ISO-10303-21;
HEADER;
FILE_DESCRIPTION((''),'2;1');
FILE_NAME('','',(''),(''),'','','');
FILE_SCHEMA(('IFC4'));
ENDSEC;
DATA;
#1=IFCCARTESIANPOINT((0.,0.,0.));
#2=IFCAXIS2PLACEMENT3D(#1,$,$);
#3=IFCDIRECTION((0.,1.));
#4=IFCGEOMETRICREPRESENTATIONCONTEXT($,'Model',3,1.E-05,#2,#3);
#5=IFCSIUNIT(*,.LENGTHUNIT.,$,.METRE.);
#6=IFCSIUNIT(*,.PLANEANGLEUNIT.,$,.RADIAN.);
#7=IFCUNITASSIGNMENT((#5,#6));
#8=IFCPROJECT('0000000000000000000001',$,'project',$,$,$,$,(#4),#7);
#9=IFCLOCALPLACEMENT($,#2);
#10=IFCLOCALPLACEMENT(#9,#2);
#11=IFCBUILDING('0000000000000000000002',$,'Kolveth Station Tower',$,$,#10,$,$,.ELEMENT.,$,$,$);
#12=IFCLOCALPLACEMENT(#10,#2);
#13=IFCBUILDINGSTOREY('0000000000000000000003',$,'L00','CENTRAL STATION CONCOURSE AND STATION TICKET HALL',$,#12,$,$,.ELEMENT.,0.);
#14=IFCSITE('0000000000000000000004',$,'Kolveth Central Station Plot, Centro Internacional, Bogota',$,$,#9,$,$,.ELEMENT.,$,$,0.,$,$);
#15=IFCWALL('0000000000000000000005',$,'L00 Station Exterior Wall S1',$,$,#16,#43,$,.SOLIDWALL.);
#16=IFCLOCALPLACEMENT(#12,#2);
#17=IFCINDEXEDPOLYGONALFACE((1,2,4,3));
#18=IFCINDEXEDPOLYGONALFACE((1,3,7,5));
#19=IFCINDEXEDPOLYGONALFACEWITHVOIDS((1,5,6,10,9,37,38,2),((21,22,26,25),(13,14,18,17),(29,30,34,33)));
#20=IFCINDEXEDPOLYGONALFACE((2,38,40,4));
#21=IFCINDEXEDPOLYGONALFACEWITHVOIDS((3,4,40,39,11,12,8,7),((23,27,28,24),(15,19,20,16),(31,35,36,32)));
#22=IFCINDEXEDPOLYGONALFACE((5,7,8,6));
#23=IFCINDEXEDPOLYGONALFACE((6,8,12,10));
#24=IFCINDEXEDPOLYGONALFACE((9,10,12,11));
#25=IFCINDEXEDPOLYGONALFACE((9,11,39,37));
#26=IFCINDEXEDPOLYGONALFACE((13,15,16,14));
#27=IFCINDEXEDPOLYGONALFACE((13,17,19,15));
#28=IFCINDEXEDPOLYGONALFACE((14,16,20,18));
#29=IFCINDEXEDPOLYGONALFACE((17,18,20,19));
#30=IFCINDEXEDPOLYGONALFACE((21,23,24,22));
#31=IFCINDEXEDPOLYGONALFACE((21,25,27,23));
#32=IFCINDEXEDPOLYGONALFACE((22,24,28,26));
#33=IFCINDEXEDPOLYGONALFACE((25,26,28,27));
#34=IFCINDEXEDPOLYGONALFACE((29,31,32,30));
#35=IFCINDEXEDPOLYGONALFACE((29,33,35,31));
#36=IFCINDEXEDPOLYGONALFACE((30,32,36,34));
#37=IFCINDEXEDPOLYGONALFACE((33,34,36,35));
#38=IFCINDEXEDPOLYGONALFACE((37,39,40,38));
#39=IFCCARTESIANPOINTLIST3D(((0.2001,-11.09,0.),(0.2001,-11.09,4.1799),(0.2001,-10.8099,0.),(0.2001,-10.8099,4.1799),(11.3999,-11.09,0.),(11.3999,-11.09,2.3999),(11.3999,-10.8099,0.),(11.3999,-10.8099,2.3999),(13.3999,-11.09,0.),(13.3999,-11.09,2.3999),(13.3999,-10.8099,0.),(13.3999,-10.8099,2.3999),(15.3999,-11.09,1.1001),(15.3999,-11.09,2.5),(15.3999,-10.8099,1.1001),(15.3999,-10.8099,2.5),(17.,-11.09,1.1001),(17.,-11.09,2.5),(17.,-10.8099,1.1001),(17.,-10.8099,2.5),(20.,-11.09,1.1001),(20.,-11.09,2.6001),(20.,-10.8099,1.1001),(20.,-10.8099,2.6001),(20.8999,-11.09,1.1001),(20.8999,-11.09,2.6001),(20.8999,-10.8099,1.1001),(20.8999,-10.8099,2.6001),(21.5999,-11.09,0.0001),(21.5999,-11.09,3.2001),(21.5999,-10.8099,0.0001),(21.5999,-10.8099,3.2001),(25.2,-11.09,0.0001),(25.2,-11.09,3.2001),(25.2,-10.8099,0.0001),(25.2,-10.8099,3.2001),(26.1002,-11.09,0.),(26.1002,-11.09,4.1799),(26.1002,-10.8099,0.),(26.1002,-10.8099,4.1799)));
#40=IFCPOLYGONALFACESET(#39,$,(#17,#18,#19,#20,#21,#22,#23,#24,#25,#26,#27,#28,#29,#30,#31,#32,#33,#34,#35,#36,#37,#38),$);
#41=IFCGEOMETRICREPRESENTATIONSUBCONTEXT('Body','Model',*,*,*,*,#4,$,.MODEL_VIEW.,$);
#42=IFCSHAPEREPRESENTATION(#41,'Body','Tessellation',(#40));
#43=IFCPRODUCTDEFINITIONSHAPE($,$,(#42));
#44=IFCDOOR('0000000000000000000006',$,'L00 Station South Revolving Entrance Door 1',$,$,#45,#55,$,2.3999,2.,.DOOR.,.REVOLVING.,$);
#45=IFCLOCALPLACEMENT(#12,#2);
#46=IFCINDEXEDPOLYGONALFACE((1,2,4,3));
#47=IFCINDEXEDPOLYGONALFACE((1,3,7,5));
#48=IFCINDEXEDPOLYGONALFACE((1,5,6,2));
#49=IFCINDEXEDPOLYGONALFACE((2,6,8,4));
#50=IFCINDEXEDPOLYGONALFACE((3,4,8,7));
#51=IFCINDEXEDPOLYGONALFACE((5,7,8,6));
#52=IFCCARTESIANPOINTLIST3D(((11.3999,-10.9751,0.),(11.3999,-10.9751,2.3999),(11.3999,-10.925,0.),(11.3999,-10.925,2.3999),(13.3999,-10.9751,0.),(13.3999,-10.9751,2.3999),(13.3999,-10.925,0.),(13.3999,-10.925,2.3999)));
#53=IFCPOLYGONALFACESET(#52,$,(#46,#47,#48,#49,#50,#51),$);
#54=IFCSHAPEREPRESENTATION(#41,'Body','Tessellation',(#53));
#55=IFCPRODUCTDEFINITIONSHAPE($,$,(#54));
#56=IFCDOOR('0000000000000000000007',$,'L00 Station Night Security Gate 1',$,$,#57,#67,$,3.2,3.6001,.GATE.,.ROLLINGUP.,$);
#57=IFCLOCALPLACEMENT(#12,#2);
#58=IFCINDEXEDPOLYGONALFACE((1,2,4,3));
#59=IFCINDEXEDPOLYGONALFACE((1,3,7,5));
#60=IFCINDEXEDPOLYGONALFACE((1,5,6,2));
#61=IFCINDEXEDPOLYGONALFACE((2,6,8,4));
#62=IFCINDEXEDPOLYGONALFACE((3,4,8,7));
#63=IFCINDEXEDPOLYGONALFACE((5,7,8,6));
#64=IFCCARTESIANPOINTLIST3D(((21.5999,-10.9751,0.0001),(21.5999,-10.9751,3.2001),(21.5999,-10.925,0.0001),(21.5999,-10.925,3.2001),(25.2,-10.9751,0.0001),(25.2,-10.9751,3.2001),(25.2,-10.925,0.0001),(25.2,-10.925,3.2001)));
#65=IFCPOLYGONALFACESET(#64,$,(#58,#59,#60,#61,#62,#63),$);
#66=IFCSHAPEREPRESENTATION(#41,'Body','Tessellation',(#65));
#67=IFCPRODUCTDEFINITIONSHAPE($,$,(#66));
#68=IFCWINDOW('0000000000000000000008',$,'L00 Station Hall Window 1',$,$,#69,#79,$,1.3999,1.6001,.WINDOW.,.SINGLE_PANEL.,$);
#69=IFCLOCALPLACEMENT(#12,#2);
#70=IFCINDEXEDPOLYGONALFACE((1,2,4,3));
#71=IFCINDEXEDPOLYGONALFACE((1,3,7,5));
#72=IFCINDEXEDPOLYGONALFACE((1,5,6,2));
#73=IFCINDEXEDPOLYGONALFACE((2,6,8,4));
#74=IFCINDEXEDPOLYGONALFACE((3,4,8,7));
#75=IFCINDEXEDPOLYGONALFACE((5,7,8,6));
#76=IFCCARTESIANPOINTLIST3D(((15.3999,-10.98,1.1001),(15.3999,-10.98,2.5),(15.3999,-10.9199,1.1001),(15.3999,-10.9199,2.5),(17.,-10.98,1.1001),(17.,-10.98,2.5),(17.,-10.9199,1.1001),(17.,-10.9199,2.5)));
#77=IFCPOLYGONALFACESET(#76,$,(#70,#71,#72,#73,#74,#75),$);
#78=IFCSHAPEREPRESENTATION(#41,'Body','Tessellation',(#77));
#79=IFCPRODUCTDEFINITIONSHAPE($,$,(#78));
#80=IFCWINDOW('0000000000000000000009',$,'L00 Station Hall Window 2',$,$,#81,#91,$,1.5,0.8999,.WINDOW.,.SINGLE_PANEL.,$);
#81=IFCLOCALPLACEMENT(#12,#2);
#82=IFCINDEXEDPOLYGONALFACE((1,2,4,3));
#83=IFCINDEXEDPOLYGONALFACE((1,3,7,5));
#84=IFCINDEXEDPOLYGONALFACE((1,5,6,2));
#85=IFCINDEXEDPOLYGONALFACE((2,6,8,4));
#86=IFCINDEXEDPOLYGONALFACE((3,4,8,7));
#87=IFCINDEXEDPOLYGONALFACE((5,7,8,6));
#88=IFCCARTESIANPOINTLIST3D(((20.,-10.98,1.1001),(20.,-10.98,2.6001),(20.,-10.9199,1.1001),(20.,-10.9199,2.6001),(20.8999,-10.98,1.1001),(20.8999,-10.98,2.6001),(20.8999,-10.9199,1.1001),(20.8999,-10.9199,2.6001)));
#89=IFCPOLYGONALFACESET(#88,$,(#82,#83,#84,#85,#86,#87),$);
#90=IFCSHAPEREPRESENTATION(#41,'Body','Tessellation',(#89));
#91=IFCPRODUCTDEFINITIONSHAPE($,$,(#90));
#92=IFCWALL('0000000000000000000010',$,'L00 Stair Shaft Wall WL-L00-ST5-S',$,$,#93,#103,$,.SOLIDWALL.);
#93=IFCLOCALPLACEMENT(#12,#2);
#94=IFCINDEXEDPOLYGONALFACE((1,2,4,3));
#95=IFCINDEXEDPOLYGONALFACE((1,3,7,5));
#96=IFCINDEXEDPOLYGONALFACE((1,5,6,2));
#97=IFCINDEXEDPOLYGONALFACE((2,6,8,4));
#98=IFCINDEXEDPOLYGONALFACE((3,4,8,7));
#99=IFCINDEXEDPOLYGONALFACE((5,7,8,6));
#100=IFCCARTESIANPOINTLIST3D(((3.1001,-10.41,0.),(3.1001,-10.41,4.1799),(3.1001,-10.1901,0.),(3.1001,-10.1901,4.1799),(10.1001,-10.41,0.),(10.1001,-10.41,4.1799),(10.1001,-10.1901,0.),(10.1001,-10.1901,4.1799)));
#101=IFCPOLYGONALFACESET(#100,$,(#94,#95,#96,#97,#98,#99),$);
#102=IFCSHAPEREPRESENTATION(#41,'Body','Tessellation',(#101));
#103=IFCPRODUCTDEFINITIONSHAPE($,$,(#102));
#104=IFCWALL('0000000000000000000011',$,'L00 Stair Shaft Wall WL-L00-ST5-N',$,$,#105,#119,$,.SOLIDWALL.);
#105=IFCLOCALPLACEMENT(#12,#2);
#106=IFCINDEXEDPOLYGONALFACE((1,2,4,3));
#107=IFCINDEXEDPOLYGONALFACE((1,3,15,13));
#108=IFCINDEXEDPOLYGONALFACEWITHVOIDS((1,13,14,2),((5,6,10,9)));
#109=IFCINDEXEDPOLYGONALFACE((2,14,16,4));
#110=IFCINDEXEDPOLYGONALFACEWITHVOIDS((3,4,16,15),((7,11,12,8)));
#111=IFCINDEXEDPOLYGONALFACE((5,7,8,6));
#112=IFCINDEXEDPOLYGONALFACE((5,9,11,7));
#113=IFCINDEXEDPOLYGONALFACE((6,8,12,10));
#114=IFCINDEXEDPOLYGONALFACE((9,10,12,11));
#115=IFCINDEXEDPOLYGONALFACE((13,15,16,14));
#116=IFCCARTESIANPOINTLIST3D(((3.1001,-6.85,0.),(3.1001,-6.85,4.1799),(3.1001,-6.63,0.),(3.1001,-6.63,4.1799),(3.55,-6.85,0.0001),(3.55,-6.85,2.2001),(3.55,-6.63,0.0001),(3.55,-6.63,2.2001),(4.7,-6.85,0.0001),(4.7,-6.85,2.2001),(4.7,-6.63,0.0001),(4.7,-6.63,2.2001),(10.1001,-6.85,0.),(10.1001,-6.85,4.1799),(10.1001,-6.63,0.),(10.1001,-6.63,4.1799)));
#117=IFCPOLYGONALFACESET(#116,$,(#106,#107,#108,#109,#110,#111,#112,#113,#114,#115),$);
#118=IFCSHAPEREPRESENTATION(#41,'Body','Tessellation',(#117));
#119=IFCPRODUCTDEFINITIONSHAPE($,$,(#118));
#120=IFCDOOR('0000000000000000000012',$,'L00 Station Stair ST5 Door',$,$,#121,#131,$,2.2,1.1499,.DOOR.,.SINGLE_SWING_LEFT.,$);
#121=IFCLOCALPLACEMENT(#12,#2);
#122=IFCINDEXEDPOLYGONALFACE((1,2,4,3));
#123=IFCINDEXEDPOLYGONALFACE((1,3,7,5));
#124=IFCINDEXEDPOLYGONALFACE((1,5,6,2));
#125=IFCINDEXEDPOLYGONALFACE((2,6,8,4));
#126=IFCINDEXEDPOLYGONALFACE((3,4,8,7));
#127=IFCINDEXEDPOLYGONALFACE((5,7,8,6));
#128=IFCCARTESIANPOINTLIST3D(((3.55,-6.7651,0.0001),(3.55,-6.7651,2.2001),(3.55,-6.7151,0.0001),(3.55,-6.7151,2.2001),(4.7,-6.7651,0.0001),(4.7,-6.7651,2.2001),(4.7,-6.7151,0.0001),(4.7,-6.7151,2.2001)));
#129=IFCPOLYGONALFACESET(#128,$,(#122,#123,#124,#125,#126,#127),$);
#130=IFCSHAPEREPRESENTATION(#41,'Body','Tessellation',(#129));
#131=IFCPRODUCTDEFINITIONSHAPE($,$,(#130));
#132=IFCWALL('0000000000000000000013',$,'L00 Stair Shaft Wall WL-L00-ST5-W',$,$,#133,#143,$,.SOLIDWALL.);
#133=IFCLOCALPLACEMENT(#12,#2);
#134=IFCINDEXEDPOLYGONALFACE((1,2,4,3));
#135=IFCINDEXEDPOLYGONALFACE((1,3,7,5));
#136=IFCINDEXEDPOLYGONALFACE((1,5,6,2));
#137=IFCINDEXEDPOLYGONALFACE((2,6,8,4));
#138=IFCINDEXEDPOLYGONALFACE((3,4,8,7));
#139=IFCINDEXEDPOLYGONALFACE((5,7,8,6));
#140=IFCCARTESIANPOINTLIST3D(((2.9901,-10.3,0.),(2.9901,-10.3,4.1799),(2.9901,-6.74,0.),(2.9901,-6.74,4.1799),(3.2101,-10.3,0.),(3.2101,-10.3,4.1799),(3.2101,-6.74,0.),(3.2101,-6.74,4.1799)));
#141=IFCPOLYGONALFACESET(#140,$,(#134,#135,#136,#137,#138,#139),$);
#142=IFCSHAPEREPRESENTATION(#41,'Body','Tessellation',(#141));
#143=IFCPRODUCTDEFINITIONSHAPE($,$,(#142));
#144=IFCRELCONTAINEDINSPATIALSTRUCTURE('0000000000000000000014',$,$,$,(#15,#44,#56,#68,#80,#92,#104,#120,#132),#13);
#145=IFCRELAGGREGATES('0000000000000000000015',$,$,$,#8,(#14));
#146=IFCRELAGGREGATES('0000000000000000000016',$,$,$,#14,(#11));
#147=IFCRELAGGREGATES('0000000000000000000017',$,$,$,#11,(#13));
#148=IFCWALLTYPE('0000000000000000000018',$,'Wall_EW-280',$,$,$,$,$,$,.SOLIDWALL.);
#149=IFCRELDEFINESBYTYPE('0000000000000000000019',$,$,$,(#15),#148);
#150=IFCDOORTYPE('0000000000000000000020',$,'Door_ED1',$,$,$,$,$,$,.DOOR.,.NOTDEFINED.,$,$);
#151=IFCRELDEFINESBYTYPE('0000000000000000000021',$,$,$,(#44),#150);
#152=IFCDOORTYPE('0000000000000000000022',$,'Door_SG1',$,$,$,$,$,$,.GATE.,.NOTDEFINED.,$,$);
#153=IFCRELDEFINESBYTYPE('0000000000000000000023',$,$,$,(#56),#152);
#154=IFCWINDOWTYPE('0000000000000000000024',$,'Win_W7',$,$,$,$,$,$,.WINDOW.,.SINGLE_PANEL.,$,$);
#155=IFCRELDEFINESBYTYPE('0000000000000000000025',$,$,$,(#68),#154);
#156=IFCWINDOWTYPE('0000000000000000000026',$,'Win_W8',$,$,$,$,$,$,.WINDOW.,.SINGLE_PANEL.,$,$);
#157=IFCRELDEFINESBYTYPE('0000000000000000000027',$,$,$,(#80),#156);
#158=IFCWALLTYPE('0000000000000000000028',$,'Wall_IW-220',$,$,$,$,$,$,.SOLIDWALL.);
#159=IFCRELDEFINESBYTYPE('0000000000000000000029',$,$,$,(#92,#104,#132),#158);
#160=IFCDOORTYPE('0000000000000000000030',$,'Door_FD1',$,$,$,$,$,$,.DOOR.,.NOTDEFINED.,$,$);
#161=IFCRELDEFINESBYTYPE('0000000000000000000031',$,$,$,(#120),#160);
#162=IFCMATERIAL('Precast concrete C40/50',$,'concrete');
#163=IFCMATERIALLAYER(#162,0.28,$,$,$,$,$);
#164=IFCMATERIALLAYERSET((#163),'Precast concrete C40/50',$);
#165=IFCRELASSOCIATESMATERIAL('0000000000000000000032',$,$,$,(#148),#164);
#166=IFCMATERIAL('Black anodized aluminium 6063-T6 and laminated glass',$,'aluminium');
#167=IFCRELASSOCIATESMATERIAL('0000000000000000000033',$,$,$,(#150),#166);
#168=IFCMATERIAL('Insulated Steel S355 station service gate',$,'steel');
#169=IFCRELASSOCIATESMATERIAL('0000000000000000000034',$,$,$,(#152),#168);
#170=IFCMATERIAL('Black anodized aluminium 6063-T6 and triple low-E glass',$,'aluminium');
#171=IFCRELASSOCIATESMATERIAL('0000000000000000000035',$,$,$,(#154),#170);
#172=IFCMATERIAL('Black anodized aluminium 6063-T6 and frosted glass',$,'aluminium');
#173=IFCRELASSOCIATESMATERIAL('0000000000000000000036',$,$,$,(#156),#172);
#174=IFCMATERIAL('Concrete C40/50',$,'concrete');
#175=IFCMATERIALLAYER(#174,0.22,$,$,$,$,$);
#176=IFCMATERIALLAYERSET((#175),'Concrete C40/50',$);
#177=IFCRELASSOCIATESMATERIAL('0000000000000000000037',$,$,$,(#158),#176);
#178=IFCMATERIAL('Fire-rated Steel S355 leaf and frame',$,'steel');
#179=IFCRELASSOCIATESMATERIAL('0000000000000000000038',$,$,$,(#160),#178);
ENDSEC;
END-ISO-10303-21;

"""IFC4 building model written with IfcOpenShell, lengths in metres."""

from ifc_helpers import new_model, si_unit, direction, frame, frame_2d, origin, place, context, subcontext, project, spatial, rectangle, extrude, material, layer, layer_set, type_object, element, fill, save


model = new_model("IFC4")

# Units and contexts
model_context = context("Model", 3, precision=1e-05, world=origin(), true_north=direction((0.0, 1.0)))
body_context = subcontext(model_context, "Body", "Model", "MODEL_VIEW")
ifc_project = project(units=[si_unit("LENGTHUNIT", "METRE"), si_unit("PLANEANGLEUNIT", "RADIAN")], contexts=[model_context])

# Site, building, storey
site_placement = place(None, origin())
site = spatial("IfcSite", under=ifc_project, at=site_placement, Name="Kolveth Central Station Plot, Centro Internacional, Bogota", CompositionType="ELEMENT", RefElevation=0.0)
building_placement = place(site_placement, origin())
building = spatial("IfcBuilding", under=site, at=building_placement, Name="Kolveth Station Tower", CompositionType="ELEMENT")
storey_placement = place(building_placement, origin())
storey = spatial("IfcBuildingStorey", under=building, at=storey_placement, Name="L00", Description="CENTRAL STATION CONCOURSE AND STATION TICKET HALL", CompositionType="ELEMENT", Elevation=0.0)

# Shared definitions
ifc_material_1 = material(Name="Precast concrete C40/50", Category="concrete")

# Wall, openings, doors, windows
ifc_layer_1 = layer(ifc_material_1, 0.28)
ifc_layer_set_1 = layer_set([ifc_layer_1], Name="Precast concrete C40/50")
wall_type_1 = type_object("IfcWallType", Name="Wall_EW-280", PredefinedType="SOLIDWALL", material=ifc_layer_set_1)
wall_1_placement = place(storey_placement, frame((0.2, -10.95, 0.0), z_axis=(0.0, 0.0, 1.0), x_axis=(1.0, 0.0, 0.0)))
wall_1 = element("IfcWall", 1, at=wall_1_placement, inside=storey, type_object=wall_type_1, Name="L00 Station Exterior Wall S1", PredefinedType="SOLIDWALL", context=body_context, shape_type="SweptSolid", body=[
    extrude(rectangle(XDim=25.9001, YDim=0.28, at=frame_2d((12.9502, 0.0))), origin(), (0.0, 0.0, 1.0), 4.1799),
])
opening_1_placement = place(wall_1_placement, frame((15.2, 0.0, 1.1001)))
opening_1 = element("IfcOpeningElement", 2, at=opening_1_placement, cuts=wall_1, PredefinedType="OPENING", context=body_context, shape_type="SweptSolid", body=[
    extrude(rectangle(XDim=1.6001, YDim=1.3999, at=frame_2d((0.8, 0.7))), frame((0.0, 0.1499, 0.0), z_axis=(0.0, -1.0, 0.0), x_axis=(1.0, 0.0, 0.0)), (0.0, 0.0, 1.0), 0.3),
])
opening_2_placement = place(wall_1_placement, frame((19.8, 0.0, 1.1001)))
opening_2 = element("IfcOpeningElement", 3, at=opening_2_placement, cuts=wall_1, PredefinedType="OPENING", context=body_context, shape_type="SweptSolid", body=[
    extrude(rectangle(XDim=0.8999, YDim=1.5, at=frame_2d((0.45, 0.75))), frame((0.0, 0.1499, 0.0), z_axis=(0.0, -1.0, 0.0), x_axis=(1.0, 0.0, 0.0)), (0.0, 0.0, 1.0), 0.3),
])
opening_3_placement = place(wall_1_placement, frame((11.2, 0.0, 0.0)))
opening_3 = element("IfcOpeningElement", 4, at=opening_3_placement, cuts=wall_1, PredefinedType="OPENING", context=body_context, shape_type="SweptSolid", body=[
    extrude(rectangle(XDim=2.0, YDim=2.3999, at=frame_2d((1.0, 1.2))), frame((0.0, 0.1499, 0.0), z_axis=(0.0, -1.0, 0.0), x_axis=(1.0, 0.0, 0.0)), (0.0, 0.0, 1.0), 0.3),
])
opening_4_placement = place(wall_1_placement, frame((21.3999, 0.0, 0.0)))
opening_4 = element("IfcOpeningElement", 5, at=opening_4_placement, cuts=wall_1, PredefinedType="OPENING", context=body_context, shape_type="SweptSolid", body=[
    extrude(rectangle(XDim=3.6001, YDim=3.2, at=frame_2d((1.8, 1.6001))), frame((0.0, 0.1499, 0.0), z_axis=(0.0, -1.0, 0.0), x_axis=(1.0, 0.0, 0.0)), (0.0, 0.0, 1.0), 0.3),
])
ifc_material_2 = material(Name="Black anodized aluminium 6063-T6 and laminated glass", Category="aluminium")
door_type_1 = type_object("IfcDoorType", Name="Door_ED1", OperationType="NOTDEFINED", PredefinedType="DOOR", material=ifc_material_2)
door_1_placement = place(opening_3_placement, origin())
door_1 = element("IfcDoor", 6, at=door_1_placement, inside=storey, type_object=door_type_1, Name="L00 Station South Revolving Entrance Door 1", OperationType="REVOLVING", OverallHeight=2.3999, OverallWidth=2.0, PredefinedType="DOOR", context=body_context, shape_type="SweptSolid", body=[
    extrude(rectangle(XDim=2.0, YDim=2.3999, at=frame_2d((1.0, 1.2))), frame((0.0, 0.0249, 0.0), z_axis=(0.0, -1.0, 0.0), x_axis=(1.0, 0.0, 0.0)), (0.0, 0.0, 1.0), 0.05),
])
fill(opening_3, door_1)
ifc_material_3 = material(Name="Insulated Steel S355 station service gate", Category="steel")
door_type_2 = type_object("IfcDoorType", Name="Door_SG1", OperationType="NOTDEFINED", PredefinedType="GATE", material=ifc_material_3)
door_2_placement = place(opening_4_placement, origin())
door_2 = element("IfcDoor", 7, at=door_2_placement, inside=storey, type_object=door_type_2, Name="L00 Station Night Security Gate 1", OperationType="ROLLINGUP", OverallHeight=3.2, OverallWidth=3.6001, PredefinedType="GATE", context=body_context, shape_type="SweptSolid", body=[
    extrude(rectangle(XDim=3.6001, YDim=3.2, at=frame_2d((1.8, 1.6001))), frame((0.0, 0.0249, 0.0), z_axis=(0.0, -1.0, 0.0), x_axis=(1.0, 0.0, 0.0)), (0.0, 0.0, 1.0), 0.05),
])
fill(opening_4, door_2)
ifc_material_4 = material(Name="Black anodized aluminium 6063-T6 and triple low-E glass", Category="aluminium")
window_type_1 = type_object("IfcWindowType", Name="Win_W7", PartitioningType="SINGLE_PANEL", PredefinedType="WINDOW", material=ifc_material_4)
window_1_placement = place(opening_1_placement, origin())
window_1 = element("IfcWindow", 8, at=window_1_placement, inside=storey, type_object=window_type_1, Name="L00 Station Hall Window 1", OverallHeight=1.3999, OverallWidth=1.6001, PartitioningType="SINGLE_PANEL", PredefinedType="WINDOW", context=body_context, shape_type="SweptSolid", body=[
    extrude(rectangle(XDim=1.6001, YDim=1.3999, at=frame_2d((0.8, 0.7))), frame((0.0, 0.03, 0.0), z_axis=(0.0, -1.0, 0.0), x_axis=(1.0, 0.0, 0.0)), (0.0, 0.0, 1.0), 0.0601),
])
fill(opening_1, window_1)
ifc_material_5 = material(Name="Black anodized aluminium 6063-T6 and frosted glass", Category="aluminium")
window_type_2 = type_object("IfcWindowType", Name="Win_W8", PartitioningType="SINGLE_PANEL", PredefinedType="WINDOW", material=ifc_material_5)
window_2_placement = place(opening_2_placement, origin())
window_2 = element("IfcWindow", 9, at=window_2_placement, inside=storey, type_object=window_type_2, Name="L00 Station Hall Window 2", OverallHeight=1.5, OverallWidth=0.8999, PartitioningType="SINGLE_PANEL", PredefinedType="WINDOW", context=body_context, shape_type="SweptSolid", body=[
    extrude(rectangle(XDim=0.8999, YDim=1.5, at=frame_2d((0.45, 0.75))), frame((0.0, 0.03, 0.0), z_axis=(0.0, -1.0, 0.0), x_axis=(1.0, 0.0, 0.0)), (0.0, 0.0, 1.0), 0.0601),
])
fill(opening_2, window_2)

# Wall
ifc_material_6 = material(Name="Concrete C40/50", Category="concrete")
ifc_layer_2 = layer(ifc_material_6, 0.22)
ifc_layer_set_2 = layer_set([ifc_layer_2], Name="Concrete C40/50")
wall_type_2 = type_object("IfcWallType", Name="Wall_IW-220", PredefinedType="SOLIDWALL", material=ifc_layer_set_2)
wall_2_placement = place(storey_placement, frame((3.1001, -10.3, 0.0), z_axis=(0.0, 0.0, 1.0), x_axis=(1.0, 0.0, 0.0)))
element("IfcWall", 10, at=wall_2_placement, inside=storey, type_object=wall_type_2, Name="L00 Stair Shaft Wall WL-L00-ST5-S", PredefinedType="SOLIDWALL", context=body_context, shape_type="SweptSolid", body=[
    extrude(rectangle(XDim=7.0, YDim=0.22, at=frame_2d((3.5, 0.0))), origin(), (0.0, 0.0, 1.0), 4.1799),
])

# Wall, opening, door
wall_3_placement = place(storey_placement, frame((3.1001, -6.74, 0.0), z_axis=(0.0, 0.0, 1.0), x_axis=(1.0, 0.0, 0.0)))
wall_3 = element("IfcWall", 11, at=wall_3_placement, inside=storey, type_object=wall_type_2, Name="L00 Stair Shaft Wall WL-L00-ST5-N", PredefinedType="SOLIDWALL", context=body_context, shape_type="SweptSolid", body=[
    extrude(rectangle(XDim=7.0, YDim=0.22, at=frame_2d((3.5, 0.0))), origin(), (0.0, 0.0, 1.0), 4.1799),
])
opening_5_placement = place(wall_3_placement, frame((0.45, 0.0, 0.0)))
opening_5 = element("IfcOpeningElement", 12, at=opening_5_placement, cuts=wall_3, PredefinedType="OPENING", context=body_context, shape_type="SweptSolid", body=[
    extrude(rectangle(XDim=1.1499, YDim=2.2, at=frame_2d((0.575, 1.1001))), frame((0.0, 0.1199, 0.0), z_axis=(0.0, -1.0, 0.0), x_axis=(1.0, 0.0, 0.0)), (0.0, 0.0, 1.0), 0.24),
])
ifc_material_7 = material(Name="Fire-rated Steel S355 leaf and frame", Category="steel")
door_type_3 = type_object("IfcDoorType", Name="Door_FD1", OperationType="NOTDEFINED", PredefinedType="DOOR", material=ifc_material_7)
door_3_placement = place(opening_5_placement, origin())
door_3 = element("IfcDoor", 13, at=door_3_placement, inside=storey, type_object=door_type_3, Name="L00 Station Stair ST5 Door", OperationType="SINGLE_SWING_LEFT", OverallHeight=2.2, OverallWidth=1.1499, PredefinedType="DOOR", context=body_context, shape_type="SweptSolid", body=[
    extrude(rectangle(XDim=1.1499, YDim=2.2, at=frame_2d((0.575, 1.1001))), frame((0.0, 0.0249, 0.0), z_axis=(0.0, -1.0, 0.0), x_axis=(1.0, 0.0, 0.0)), (0.0, 0.0, 1.0), 0.05),
])
fill(opening_5, door_3)

# Wall
wall_4_placement = place(storey_placement, frame((3.1001, -10.3, 0.0), z_axis=(0.0, 0.0, 1.0), x_axis=(0.0, 1.0, 0.0)))
element("IfcWall", 14, at=wall_4_placement, inside=storey, type_object=wall_type_2, Name="L00 Stair Shaft Wall WL-L00-ST5-W", PredefinedType="SOLIDWALL", context=body_context, shape_type="SweptSolid", body=[
    extrude(rectangle(XDim=3.5601, YDim=0.22, at=frame_2d((1.78, 0.0))), origin(), (0.0, 0.0, 1.0), 4.1799),
])

save(model, "model.ifc")
